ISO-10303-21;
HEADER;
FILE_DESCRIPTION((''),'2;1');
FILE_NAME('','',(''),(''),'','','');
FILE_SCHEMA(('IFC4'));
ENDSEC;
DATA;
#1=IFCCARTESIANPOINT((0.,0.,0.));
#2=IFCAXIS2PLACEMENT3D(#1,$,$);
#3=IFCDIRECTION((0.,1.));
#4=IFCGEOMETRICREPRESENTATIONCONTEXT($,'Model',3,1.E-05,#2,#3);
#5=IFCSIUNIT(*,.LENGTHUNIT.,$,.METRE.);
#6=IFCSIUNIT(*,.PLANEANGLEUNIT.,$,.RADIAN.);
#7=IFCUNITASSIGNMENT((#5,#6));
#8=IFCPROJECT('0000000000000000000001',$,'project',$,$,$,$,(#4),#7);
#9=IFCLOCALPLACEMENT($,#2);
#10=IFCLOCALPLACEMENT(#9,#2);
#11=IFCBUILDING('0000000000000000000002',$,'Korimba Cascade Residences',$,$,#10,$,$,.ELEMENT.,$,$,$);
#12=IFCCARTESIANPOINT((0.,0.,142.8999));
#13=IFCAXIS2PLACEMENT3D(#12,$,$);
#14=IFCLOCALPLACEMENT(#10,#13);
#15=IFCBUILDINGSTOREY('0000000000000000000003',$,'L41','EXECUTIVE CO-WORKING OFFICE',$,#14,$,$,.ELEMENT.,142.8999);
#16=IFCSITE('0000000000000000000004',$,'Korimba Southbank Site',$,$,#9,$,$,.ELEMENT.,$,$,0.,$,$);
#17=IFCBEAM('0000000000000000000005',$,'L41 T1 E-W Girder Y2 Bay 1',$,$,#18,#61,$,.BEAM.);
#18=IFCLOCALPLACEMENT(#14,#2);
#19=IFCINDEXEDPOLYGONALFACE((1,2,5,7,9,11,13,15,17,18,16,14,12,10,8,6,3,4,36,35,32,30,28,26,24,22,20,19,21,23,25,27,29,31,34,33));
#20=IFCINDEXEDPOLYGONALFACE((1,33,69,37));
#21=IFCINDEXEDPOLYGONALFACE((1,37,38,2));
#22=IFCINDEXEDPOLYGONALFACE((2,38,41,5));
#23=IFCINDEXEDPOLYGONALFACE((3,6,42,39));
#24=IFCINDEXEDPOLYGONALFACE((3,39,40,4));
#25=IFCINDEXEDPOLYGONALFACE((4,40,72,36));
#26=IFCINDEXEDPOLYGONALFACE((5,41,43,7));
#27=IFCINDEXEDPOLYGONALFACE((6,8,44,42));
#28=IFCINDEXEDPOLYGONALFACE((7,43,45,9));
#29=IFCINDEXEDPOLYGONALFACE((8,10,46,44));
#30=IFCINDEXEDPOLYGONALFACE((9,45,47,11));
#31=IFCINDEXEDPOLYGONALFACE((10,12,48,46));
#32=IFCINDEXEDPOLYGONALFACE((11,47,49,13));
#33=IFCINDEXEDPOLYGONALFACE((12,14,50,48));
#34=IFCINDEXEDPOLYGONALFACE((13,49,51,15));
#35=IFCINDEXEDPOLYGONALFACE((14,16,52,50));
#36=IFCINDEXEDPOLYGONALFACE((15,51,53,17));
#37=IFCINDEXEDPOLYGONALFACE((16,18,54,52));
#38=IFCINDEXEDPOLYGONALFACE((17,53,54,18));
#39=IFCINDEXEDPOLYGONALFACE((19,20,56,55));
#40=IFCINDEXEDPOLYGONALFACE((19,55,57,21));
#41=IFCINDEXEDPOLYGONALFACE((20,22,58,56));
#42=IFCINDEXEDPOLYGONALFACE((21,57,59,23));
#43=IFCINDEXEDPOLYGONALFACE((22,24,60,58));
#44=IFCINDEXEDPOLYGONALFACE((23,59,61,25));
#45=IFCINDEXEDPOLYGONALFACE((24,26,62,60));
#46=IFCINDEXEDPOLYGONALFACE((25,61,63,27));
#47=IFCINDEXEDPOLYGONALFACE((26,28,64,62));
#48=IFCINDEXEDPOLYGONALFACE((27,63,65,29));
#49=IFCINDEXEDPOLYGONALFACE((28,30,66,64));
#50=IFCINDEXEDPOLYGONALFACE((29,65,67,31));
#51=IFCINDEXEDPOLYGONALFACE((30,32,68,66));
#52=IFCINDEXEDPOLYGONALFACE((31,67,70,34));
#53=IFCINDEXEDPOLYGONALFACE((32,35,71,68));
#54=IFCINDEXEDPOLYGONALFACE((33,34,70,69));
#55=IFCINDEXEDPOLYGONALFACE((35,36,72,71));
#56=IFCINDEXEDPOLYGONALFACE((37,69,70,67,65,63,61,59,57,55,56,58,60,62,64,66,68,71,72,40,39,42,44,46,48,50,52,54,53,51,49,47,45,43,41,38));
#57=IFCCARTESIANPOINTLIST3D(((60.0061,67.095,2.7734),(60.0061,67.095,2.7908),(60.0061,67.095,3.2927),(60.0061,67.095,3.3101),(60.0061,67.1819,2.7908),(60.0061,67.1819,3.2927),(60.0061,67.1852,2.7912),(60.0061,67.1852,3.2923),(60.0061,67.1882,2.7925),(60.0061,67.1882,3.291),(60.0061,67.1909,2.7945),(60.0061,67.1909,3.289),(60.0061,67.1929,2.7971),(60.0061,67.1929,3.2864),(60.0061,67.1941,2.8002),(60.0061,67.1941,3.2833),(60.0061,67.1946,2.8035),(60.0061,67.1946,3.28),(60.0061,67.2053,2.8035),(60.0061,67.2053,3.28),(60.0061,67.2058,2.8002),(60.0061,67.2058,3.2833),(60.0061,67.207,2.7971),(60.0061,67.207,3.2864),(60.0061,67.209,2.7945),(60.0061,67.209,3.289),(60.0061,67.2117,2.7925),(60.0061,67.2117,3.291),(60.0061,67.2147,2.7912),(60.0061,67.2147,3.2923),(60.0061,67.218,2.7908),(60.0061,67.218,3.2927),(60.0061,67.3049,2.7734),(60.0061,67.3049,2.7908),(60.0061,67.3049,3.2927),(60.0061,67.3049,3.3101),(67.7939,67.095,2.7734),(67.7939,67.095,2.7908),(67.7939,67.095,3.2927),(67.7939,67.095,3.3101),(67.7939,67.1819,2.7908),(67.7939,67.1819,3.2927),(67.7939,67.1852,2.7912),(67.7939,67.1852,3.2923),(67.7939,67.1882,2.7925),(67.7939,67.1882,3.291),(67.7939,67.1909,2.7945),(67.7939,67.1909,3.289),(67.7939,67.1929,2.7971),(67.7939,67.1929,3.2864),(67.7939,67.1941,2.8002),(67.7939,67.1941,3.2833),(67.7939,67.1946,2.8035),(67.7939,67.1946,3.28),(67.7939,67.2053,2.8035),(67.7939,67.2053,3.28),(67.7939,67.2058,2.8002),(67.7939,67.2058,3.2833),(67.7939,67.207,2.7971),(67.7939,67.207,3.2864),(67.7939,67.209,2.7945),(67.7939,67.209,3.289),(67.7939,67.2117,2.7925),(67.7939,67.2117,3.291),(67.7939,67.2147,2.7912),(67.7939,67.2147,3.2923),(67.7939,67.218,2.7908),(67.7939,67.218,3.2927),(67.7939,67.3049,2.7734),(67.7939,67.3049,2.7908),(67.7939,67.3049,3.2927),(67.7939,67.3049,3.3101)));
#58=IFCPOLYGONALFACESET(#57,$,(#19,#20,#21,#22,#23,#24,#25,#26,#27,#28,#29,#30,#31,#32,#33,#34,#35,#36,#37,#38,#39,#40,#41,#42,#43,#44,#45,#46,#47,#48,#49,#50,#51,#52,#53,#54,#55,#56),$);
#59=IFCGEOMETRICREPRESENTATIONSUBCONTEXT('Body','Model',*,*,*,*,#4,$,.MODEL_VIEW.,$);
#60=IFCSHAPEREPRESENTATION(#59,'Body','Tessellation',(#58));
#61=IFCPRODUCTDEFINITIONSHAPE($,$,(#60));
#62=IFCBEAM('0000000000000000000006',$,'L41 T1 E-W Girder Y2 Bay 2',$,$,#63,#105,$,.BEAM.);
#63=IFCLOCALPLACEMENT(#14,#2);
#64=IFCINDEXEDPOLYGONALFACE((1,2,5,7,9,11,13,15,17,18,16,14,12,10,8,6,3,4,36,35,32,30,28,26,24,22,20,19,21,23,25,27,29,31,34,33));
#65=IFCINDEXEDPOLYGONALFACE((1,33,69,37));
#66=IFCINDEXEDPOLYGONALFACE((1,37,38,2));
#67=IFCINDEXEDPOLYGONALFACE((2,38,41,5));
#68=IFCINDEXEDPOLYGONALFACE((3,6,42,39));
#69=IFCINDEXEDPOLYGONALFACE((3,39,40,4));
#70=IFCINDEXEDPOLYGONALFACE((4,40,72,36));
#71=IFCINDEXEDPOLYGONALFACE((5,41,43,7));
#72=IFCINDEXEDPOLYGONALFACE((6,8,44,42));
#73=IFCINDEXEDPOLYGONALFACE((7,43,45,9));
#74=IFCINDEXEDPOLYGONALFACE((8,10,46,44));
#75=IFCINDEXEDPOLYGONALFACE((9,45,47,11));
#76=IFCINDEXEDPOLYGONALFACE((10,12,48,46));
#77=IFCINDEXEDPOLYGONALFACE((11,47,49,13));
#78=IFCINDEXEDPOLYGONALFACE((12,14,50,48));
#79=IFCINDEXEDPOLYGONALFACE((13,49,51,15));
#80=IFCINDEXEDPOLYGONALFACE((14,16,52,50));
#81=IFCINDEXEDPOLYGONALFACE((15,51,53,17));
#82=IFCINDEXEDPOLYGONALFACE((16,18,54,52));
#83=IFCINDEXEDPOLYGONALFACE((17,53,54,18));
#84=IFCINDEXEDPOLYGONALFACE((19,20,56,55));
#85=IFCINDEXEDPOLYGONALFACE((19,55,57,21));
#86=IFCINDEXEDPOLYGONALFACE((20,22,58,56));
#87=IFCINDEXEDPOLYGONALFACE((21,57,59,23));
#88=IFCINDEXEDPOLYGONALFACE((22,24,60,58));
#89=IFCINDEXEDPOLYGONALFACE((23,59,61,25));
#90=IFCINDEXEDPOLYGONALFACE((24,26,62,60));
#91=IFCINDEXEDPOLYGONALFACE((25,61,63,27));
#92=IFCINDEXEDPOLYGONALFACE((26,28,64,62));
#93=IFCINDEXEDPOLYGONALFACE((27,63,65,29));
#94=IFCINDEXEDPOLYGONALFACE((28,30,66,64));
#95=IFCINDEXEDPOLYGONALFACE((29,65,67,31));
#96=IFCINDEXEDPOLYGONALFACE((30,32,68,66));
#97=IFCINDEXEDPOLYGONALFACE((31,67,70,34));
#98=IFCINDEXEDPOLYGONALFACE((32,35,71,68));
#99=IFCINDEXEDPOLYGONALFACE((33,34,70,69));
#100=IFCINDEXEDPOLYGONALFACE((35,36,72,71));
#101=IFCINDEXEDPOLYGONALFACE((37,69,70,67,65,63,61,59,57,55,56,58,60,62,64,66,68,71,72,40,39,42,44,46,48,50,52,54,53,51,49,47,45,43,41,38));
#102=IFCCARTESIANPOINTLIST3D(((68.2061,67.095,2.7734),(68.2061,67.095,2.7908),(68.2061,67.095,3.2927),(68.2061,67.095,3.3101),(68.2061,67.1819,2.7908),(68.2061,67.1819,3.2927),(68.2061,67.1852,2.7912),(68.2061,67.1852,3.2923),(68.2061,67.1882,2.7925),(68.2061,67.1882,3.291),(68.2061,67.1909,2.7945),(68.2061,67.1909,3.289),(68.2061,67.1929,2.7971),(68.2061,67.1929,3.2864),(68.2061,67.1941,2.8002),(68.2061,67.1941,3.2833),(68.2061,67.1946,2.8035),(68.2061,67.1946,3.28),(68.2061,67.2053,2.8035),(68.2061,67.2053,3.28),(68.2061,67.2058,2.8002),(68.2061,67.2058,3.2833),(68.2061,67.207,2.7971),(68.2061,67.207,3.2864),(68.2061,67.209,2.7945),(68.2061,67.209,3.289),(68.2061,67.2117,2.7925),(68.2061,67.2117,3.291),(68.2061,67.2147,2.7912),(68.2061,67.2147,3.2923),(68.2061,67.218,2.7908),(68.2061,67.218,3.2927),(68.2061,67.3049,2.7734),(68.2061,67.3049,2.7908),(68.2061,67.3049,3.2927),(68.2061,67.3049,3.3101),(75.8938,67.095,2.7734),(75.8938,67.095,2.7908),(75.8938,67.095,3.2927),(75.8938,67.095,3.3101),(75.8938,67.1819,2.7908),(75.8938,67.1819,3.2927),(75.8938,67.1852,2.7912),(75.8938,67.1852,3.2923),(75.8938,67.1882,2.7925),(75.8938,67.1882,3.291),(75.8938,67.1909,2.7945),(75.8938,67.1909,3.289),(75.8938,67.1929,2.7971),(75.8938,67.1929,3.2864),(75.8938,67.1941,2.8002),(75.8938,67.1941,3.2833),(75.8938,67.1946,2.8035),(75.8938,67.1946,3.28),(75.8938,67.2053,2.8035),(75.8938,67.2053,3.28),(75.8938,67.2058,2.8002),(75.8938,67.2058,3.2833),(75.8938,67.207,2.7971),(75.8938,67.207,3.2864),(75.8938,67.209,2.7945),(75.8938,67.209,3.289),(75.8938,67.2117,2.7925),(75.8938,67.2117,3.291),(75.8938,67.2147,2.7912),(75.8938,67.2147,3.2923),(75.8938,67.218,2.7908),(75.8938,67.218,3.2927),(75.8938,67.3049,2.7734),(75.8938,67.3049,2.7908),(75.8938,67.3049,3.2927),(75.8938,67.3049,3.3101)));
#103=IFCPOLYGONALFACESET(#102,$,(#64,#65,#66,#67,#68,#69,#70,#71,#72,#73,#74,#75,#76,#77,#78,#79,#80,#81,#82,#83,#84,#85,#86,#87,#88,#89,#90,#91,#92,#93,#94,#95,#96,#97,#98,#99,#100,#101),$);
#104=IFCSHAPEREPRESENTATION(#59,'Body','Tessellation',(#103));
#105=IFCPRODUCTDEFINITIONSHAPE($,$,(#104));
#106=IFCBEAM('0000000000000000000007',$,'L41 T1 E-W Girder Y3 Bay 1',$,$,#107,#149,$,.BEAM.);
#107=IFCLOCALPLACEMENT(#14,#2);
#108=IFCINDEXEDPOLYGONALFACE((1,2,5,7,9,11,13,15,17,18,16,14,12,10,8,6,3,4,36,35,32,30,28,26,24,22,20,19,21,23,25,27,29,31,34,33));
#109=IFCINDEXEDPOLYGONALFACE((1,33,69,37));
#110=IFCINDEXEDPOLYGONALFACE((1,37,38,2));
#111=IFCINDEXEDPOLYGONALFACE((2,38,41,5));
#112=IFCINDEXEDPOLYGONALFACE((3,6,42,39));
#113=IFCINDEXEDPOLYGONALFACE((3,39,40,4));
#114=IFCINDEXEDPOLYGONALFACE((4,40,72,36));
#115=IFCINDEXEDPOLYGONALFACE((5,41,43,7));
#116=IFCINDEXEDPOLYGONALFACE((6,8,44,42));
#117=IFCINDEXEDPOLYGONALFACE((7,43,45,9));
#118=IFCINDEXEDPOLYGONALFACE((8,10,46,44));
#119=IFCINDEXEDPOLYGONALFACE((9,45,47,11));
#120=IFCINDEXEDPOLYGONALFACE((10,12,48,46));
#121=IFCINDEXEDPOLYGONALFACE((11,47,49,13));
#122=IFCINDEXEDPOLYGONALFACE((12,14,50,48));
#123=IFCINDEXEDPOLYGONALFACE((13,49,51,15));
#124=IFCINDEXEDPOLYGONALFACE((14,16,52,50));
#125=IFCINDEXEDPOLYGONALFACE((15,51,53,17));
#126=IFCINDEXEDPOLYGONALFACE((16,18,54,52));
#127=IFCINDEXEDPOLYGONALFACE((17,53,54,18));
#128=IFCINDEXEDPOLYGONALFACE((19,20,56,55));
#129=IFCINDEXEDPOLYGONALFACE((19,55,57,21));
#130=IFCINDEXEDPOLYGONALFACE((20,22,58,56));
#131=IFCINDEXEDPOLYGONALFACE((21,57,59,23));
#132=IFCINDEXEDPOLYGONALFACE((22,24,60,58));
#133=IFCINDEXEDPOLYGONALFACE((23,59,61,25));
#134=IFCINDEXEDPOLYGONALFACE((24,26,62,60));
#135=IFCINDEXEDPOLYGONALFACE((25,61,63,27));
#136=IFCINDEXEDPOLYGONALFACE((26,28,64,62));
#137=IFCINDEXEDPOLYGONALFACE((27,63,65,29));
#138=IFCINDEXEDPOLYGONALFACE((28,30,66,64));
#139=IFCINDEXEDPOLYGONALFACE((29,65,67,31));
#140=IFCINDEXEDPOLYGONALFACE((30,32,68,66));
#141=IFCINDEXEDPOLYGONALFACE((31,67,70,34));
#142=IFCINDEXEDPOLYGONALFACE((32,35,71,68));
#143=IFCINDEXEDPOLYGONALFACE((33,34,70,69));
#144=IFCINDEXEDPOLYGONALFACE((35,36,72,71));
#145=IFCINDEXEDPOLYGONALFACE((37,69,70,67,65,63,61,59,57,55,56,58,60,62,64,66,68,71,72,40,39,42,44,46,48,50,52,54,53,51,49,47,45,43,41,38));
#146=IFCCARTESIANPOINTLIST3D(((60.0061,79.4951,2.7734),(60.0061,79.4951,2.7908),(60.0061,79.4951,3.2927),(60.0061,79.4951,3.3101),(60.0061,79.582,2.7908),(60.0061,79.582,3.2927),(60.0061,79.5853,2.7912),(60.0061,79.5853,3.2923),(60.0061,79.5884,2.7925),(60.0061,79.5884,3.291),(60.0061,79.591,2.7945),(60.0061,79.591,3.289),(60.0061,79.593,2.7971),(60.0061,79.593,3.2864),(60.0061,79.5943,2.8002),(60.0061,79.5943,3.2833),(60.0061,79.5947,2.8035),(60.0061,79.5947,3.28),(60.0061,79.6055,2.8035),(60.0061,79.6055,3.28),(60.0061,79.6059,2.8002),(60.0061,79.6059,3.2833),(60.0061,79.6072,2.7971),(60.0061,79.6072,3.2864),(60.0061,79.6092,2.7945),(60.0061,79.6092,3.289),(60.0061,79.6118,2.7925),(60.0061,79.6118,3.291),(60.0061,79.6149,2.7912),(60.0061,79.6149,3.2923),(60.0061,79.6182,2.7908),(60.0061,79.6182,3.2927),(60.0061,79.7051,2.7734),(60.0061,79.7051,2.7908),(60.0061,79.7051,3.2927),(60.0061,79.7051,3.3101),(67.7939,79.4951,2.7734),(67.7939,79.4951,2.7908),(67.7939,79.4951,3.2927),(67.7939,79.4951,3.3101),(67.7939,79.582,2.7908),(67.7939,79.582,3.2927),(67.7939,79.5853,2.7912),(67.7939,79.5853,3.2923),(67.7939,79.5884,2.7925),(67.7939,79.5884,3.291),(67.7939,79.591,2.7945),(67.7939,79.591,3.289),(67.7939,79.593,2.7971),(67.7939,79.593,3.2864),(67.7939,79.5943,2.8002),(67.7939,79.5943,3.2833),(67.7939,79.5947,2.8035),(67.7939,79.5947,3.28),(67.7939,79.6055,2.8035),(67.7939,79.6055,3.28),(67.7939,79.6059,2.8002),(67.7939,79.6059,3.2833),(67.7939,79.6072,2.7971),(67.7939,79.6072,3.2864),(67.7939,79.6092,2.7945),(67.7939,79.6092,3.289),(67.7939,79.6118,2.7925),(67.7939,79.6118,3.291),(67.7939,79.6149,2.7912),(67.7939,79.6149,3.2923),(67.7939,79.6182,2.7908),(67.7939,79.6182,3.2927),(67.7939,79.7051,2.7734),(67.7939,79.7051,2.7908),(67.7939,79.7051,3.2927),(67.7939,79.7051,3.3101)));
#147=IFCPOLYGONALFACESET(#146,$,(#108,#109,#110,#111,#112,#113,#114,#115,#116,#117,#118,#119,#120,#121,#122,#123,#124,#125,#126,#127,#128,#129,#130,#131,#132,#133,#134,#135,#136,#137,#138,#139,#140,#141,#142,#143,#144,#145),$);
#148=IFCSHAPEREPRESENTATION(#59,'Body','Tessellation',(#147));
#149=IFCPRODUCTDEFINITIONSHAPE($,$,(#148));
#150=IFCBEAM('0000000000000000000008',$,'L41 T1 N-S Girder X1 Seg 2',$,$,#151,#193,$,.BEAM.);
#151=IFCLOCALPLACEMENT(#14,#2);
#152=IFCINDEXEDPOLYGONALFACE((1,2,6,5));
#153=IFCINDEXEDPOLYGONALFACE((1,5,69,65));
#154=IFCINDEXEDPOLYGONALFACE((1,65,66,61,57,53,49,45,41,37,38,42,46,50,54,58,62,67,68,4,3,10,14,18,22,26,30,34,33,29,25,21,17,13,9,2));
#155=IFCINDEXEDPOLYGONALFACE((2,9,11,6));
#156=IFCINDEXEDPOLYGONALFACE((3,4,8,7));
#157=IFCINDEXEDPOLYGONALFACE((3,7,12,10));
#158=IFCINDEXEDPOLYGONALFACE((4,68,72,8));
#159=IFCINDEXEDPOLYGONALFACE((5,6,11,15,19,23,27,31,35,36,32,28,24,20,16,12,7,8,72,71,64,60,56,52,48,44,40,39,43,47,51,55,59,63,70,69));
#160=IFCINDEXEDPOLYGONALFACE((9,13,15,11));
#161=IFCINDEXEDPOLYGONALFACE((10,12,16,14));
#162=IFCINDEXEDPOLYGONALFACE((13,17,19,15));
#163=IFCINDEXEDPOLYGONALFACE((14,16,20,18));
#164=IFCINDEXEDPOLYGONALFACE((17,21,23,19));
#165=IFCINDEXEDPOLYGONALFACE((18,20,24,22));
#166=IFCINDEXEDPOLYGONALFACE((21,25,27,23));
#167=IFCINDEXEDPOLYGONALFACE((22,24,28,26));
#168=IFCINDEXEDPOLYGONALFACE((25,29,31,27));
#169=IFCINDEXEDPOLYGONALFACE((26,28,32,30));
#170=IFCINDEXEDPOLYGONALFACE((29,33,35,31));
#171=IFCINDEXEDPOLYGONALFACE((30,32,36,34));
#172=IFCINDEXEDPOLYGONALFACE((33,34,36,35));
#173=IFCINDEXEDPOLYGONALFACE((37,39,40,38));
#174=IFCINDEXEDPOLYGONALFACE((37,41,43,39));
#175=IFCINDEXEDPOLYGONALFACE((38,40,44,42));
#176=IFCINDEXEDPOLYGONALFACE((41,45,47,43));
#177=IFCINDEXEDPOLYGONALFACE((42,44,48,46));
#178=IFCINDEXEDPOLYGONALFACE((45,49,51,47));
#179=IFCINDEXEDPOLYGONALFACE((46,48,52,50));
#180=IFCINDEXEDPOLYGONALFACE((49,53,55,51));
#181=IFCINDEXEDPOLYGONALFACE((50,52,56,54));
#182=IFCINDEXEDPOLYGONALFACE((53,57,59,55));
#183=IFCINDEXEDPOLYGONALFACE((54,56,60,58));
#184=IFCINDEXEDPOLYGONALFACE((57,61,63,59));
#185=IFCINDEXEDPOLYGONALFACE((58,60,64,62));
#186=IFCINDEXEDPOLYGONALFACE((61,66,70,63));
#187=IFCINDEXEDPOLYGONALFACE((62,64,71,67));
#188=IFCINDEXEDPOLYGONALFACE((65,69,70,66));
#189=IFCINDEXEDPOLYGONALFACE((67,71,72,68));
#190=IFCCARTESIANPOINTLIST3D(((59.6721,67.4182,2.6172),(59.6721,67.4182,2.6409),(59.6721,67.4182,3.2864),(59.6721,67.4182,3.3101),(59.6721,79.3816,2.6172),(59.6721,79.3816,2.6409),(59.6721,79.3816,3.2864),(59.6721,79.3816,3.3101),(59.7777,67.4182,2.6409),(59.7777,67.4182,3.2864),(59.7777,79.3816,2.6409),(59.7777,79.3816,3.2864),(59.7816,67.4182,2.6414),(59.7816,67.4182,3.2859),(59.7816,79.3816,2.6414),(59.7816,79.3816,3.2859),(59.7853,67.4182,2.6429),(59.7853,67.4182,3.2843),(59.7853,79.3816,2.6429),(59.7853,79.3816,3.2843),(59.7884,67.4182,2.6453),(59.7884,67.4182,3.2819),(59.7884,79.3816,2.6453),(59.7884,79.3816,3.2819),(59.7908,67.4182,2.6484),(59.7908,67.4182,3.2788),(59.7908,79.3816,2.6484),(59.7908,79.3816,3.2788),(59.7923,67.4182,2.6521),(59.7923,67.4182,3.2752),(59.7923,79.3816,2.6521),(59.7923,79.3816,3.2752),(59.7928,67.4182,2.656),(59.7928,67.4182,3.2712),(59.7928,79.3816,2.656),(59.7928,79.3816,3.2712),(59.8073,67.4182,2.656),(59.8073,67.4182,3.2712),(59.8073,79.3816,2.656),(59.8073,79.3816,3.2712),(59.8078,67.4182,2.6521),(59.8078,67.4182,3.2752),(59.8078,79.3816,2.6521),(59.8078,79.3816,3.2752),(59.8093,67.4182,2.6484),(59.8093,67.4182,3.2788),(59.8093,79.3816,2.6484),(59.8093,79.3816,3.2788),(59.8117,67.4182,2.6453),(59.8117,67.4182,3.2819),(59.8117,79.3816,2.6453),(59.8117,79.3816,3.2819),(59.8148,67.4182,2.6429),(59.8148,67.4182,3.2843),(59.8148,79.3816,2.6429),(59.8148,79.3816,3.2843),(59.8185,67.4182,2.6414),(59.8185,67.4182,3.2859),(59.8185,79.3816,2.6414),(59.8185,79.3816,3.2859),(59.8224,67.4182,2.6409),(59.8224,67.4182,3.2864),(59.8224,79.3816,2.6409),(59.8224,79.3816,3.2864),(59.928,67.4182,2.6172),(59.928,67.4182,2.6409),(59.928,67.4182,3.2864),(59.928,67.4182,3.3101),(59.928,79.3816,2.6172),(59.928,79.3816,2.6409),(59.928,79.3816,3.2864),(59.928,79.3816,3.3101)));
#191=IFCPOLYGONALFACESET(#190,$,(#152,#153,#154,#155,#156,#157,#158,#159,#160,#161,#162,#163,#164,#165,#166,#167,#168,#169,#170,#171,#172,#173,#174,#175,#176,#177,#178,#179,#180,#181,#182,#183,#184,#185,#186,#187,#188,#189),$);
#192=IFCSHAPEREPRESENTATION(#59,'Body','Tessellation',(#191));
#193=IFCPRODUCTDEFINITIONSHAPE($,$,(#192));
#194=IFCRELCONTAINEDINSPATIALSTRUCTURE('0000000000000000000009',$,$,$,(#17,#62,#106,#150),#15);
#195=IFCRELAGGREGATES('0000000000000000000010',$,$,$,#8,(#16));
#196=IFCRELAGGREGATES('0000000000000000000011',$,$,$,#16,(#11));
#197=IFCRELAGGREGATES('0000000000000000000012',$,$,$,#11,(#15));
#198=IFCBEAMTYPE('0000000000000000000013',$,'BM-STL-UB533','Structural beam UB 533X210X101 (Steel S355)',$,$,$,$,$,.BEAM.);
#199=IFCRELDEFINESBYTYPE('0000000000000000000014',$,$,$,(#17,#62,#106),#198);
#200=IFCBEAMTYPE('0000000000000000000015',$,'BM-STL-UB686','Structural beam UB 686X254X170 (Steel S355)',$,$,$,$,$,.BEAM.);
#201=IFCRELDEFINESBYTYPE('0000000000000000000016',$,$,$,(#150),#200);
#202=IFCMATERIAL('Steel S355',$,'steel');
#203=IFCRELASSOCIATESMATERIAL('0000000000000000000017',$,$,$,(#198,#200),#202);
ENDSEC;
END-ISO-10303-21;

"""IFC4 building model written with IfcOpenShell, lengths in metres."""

from ifc_helpers import new_model, si_unit, direction, frame, origin, origin_2d, place, context, subcontext, project, spatial, i_section, extrude, material, material_profile, profile_set, type_object, element, save


model = new_model("IFC4")

# Units and contexts
model_context = context("Model", 3, precision=1e-05, world=origin(), true_north=direction((0.0, 1.0)))
body_context = subcontext(model_context, "Body", "Model", "MODEL_VIEW")
ifc_project = project(units=[si_unit("LENGTHUNIT", "METRE"), si_unit("PLANEANGLEUNIT", "RADIAN")], contexts=[model_context])

# Site, building, storey
site_placement = place(None, origin())
site = spatial("IfcSite", under=ifc_project, at=site_placement, Name="Korimba Southbank Site", CompositionType="ELEMENT", RefElevation=0.0)
building_placement = place(site_placement, origin())
building = spatial("IfcBuilding", under=site, at=building_placement, Name="Korimba Cascade Residences", CompositionType="ELEMENT")
storey_placement = place(building_placement, frame((0.0, 0.0, 142.8999)))
storey = spatial("IfcBuildingStorey", under=building, at=storey_placement, Name="L41", Description="EXECUTIVE CO-WORKING OFFICE", CompositionType="ELEMENT", Elevation=142.8999)

# Beams
ifc_material_1 = material(Name="Steel S355", Category="steel")
ifc_material_profile_1 = material_profile(ifc_material_1, i_section(OverallWidth=0.21, OverallDepth=0.5366, WebThickness=0.0107, FlangeThickness=0.0173, FilletRadius=0.0127, at=origin_2d()), Name="Steel S355")
ifc_profile_set_1 = profile_set([ifc_material_profile_1], Name="Steel S355")
beam_type_1 = type_object("IfcBeamType", Name="BM-STL-UB533", Description="Structural beam UB 533X210X101 (Steel S355)", PredefinedType="BEAM", material=ifc_profile_set_1)
beam_1_placement = place(storey_placement, frame((60.0061, 67.2, 3.0417), z_axis=(1.0, 0.0, 0.0), x_axis=(0.0, 1.0, 0.0)))
element("IfcBeam", 1, at=beam_1_placement, inside=storey, type_object=beam_type_1, Name="L41 T1 E-W Girder Y2 Bay 1", PredefinedType="BEAM", context=body_context, shape_type="SweptSolid", body=[
    extrude(i_section(OverallWidth=0.21, OverallDepth=0.5366, WebThickness=0.0107, FlangeThickness=0.0173, FilletRadius=0.0127, at=origin_2d()), origin(), (0.0, 0.0, 1.0), 7.7878),
])
beam_2_placement = place(storey_placement, frame((68.2061, 67.2, 3.0417), z_axis=(1.0, 0.0, 0.0), x_axis=(0.0, 1.0, 0.0)))
element("IfcBeam", 2, at=beam_2_placement, inside=storey, type_object=beam_type_1, Name="L41 T1 E-W Girder Y2 Bay 2", PredefinedType="BEAM", context=body_context, shape_type="SweptSolid", body=[
    extrude(i_section(OverallWidth=0.21, OverallDepth=0.5366, WebThickness=0.0107, FlangeThickness=0.0173, FilletRadius=0.0127, at=origin_2d()), origin(), (0.0, 0.0, 1.0), 7.6877),
])
beam_3_placement = place(storey_placement, frame((60.0061, 79.6001, 3.0417), z_axis=(1.0, 0.0, 0.0), x_axis=(0.0, 1.0, 0.0)))
element("IfcBeam", 3, at=beam_3_placement, inside=storey, type_object=beam_type_1, Name="L41 T1 E-W Girder Y3 Bay 1", PredefinedType="BEAM", context=body_context, shape_type="SweptSolid", body=[
    extrude(i_section(OverallWidth=0.21, OverallDepth=0.5366, WebThickness=0.0107, FlangeThickness=0.0173, FilletRadius=0.0127, at=origin_2d()), origin(), (0.0, 0.0, 1.0), 7.7878),
])
ifc_material_profile_2 = material_profile(ifc_material_1, i_section(OverallWidth=0.2559, OverallDepth=0.6929, WebThickness=0.0144, FlangeThickness=0.0237, FilletRadius=0.0151, at=origin_2d()), Name="Steel S355")
ifc_profile_set_2 = profile_set([ifc_material_profile_2], Name="Steel S355")
beam_type_2 = type_object("IfcBeamType", Name="BM-STL-UB686", Description="Structural beam UB 686X254X170 (Steel S355)", PredefinedType="BEAM", material=ifc_profile_set_2)
for number, where, z_axis, x_axis, name in (
    (4, (59.8, 67.4182, 2.9636), (0.0, 1.0, 0.0), (-1.0, 0.0, 0.0), "L41 T1 N-S Girder X1 Seg 2"),
):
    element("IfcBeam", number, at=place(storey_placement, frame(where, z_axis=z_axis, x_axis=x_axis)), inside=storey, type_object=beam_type_2, Name=name, PredefinedType="BEAM", context=body_context, shape_type="SweptSolid", body=[
        extrude(i_section(OverallWidth=0.2559, OverallDepth=0.6929, WebThickness=0.0144, FlangeThickness=0.0237, FilletRadius=0.0151, at=origin_2d()), origin(), (0.0, 0.0, 1.0), 11.9634),
    ])

save(model, "model.ifc")
